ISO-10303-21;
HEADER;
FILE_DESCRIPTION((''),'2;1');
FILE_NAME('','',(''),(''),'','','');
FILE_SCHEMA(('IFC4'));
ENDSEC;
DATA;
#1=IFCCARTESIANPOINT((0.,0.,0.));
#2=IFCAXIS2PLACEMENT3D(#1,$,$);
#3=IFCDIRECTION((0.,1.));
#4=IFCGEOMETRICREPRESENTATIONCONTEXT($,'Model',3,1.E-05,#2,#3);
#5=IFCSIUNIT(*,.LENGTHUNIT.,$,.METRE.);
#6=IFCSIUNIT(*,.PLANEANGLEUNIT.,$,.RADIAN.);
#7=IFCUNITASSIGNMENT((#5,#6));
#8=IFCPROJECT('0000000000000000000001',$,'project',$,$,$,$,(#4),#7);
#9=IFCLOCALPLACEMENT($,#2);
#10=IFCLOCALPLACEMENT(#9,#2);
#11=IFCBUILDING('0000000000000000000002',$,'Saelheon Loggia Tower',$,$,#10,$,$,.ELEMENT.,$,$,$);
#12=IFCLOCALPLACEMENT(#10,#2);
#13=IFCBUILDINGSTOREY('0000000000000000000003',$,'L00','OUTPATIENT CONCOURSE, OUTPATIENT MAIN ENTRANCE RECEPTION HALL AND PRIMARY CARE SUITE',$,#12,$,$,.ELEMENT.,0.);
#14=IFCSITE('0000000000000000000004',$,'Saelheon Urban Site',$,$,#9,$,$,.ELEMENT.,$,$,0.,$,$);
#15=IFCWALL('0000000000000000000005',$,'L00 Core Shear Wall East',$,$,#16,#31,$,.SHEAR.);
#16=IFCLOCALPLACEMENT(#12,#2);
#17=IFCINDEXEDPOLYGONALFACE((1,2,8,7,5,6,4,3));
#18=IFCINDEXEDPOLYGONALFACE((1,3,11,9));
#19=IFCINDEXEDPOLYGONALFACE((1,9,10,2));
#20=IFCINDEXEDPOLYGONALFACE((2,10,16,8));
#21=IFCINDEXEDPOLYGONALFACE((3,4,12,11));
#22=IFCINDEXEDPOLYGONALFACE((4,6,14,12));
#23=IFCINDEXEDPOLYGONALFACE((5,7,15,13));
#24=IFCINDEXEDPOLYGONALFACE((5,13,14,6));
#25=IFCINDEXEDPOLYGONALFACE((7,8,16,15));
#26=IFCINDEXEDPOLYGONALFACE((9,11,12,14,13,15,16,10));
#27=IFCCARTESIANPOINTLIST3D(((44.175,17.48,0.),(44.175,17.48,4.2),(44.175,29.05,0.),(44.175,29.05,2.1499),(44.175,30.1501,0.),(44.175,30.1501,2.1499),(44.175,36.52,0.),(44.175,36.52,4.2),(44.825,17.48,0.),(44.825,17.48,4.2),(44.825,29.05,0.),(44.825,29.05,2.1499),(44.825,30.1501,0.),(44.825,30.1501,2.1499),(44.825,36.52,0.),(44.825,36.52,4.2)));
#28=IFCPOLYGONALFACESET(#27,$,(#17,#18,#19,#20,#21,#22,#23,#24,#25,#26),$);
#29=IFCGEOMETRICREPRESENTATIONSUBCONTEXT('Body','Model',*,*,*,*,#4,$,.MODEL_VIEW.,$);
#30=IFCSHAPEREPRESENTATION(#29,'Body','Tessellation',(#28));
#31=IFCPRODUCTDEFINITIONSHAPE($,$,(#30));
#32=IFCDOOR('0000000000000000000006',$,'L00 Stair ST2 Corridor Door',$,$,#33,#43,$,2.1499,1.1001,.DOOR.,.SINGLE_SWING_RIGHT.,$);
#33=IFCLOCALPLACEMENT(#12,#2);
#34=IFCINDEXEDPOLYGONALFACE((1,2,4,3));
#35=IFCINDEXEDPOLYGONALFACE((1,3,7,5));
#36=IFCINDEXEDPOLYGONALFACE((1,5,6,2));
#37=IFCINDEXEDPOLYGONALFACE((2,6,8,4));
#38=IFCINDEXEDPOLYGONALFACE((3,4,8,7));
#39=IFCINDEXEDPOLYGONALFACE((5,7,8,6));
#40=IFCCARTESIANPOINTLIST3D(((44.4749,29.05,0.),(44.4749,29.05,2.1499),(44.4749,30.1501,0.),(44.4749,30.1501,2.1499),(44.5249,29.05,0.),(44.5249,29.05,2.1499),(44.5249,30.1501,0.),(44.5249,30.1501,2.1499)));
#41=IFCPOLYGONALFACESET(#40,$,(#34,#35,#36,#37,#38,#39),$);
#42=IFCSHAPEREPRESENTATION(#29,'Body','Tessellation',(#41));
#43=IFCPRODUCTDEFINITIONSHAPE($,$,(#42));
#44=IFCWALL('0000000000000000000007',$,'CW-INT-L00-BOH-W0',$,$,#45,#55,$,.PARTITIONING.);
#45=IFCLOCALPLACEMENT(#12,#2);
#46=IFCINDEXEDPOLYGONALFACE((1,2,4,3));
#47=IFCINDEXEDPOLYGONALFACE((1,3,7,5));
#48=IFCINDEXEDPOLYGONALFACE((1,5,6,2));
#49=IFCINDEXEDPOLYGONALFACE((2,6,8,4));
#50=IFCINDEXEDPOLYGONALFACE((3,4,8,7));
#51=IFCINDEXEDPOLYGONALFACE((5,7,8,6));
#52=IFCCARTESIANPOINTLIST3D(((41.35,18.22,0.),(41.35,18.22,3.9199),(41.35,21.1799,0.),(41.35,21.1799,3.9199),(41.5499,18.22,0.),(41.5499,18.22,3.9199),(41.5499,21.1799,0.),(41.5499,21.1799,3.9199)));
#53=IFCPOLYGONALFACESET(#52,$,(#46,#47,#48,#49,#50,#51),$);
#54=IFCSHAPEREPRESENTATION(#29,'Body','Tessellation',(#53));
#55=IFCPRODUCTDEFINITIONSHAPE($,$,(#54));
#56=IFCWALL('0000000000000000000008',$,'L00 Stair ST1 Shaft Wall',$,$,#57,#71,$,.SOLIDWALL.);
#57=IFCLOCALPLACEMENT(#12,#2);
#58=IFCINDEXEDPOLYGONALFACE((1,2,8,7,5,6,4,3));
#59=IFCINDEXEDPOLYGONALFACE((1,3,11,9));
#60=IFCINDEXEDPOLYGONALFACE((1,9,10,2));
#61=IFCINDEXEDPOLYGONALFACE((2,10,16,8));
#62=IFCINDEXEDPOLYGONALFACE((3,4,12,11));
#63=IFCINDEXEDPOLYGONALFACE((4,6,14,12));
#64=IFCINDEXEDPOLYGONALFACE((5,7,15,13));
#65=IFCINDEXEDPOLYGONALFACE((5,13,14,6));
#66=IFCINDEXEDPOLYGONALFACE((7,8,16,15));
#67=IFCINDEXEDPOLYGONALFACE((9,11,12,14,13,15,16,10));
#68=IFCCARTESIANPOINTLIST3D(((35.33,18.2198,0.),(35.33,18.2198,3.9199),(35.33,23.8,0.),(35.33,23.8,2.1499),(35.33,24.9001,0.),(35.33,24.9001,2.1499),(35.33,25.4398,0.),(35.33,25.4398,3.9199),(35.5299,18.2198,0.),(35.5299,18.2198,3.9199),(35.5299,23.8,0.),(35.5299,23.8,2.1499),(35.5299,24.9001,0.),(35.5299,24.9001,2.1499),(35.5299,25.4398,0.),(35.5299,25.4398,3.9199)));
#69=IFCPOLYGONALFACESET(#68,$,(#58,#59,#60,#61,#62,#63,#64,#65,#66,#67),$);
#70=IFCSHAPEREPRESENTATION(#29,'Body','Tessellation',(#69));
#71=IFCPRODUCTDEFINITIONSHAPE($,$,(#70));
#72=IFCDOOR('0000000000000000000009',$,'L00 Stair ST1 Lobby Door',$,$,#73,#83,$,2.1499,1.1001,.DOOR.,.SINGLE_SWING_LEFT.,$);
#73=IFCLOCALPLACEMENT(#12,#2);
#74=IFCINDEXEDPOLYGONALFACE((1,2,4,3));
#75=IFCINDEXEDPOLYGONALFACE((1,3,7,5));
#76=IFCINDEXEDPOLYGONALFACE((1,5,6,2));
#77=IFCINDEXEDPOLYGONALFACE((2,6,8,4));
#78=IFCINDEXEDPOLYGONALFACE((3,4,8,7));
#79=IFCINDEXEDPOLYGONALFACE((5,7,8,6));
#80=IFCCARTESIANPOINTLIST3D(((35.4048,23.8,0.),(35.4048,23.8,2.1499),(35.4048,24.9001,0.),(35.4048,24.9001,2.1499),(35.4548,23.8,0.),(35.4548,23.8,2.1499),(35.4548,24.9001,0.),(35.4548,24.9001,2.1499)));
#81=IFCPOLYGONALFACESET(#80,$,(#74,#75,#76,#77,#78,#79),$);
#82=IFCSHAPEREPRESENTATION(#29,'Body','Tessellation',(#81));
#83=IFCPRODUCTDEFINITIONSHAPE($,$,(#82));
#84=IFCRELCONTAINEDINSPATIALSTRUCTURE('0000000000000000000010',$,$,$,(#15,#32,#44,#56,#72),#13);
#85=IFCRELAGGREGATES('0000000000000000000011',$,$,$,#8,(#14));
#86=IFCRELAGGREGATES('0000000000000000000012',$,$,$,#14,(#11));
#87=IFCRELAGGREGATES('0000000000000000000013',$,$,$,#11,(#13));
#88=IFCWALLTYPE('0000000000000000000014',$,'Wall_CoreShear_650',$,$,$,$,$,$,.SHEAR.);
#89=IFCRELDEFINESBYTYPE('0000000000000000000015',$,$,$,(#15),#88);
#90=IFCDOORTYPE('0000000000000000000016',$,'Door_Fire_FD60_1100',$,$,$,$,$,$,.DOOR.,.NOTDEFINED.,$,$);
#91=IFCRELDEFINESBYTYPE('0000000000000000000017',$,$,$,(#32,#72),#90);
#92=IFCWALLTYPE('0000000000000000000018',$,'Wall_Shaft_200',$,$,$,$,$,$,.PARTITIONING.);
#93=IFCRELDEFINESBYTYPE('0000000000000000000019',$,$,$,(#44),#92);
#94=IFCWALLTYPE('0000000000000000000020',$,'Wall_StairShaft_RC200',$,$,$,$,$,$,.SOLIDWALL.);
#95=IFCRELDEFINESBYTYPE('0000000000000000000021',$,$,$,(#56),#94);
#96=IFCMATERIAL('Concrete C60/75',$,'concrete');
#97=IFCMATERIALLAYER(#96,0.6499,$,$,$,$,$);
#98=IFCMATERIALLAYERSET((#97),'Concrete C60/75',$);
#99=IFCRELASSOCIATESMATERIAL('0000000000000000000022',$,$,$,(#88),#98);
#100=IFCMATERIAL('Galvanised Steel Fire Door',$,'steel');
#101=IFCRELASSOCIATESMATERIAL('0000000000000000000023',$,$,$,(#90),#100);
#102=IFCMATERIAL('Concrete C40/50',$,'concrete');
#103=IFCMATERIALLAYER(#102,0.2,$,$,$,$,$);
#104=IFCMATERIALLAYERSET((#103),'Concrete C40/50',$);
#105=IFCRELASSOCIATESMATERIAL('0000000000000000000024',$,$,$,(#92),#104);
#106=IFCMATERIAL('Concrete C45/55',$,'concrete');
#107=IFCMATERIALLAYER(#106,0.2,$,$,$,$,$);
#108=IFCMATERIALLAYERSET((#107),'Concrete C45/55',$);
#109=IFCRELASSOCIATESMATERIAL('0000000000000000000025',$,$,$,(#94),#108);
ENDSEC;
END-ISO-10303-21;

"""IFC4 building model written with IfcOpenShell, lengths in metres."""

from ifc_helpers import new_model, si_unit, direction, frame, frame_2d, origin, place, context, subcontext, project, spatial, rectangle, extrude, source, transform, mapped, material, layer, layer_set, type_object, element, fill, save


model = new_model("IFC4")

# Units and contexts
model_context = context("Model", 3, precision=1e-05, world=origin(), true_north=direction((0.0, 1.0)))
body_context = subcontext(model_context, "Body", "Model", "MODEL_VIEW")
ifc_project = project(units=[si_unit("LENGTHUNIT", "METRE"), si_unit("PLANEANGLEUNIT", "RADIAN")], contexts=[model_context])

# Site, building, storey
site_placement = place(None, origin())
site = spatial("IfcSite", under=ifc_project, at=site_placement, Name="Saelheon Urban Site", CompositionType="ELEMENT", RefElevation=0.0)
building_placement = place(site_placement, origin())
building = spatial("IfcBuilding", under=site, at=building_placement, Name="Saelheon Loggia Tower", CompositionType="ELEMENT")
storey_placement = place(building_placement, origin())
storey = spatial("IfcBuildingStorey", under=building, at=storey_placement, Name="L00", Description="OUTPATIENT CONCOURSE, OUTPATIENT MAIN ENTRANCE RECEPTION HALL AND PRIMARY CARE SUITE", CompositionType="ELEMENT", Elevation=0.0)

# Shared definitions
ifc_material_1 = material(Name="Concrete C60/75", Category="concrete")

# Shared definitions
ifc_material_2 = material(Name="Concrete C45/55", Category="concrete")

# Wall, opening, door
ifc_layer_1 = layer(ifc_material_1, 0.6499)
ifc_layer_set_1 = layer_set([ifc_layer_1], Name="Concrete C60/75")
wall_type_1 = type_object("IfcWallType", Name="Wall_CoreShear_650", PredefinedType="SHEAR", material=ifc_layer_set_1)
wall_1_placement = place(storey_placement, frame((44.5, 17.48, 0.0), z_axis=(0.0, 0.0, 1.0), x_axis=(0.0, 1.0, 0.0)))
wall_1 = element("IfcWall", 1, at=wall_1_placement, inside=storey, type_object=wall_type_1, Name="L00 Core Shear Wall East", PredefinedType="SHEAR", context=body_context, shape_type="SweptSolid", body=[
    extrude(rectangle(XDim=19.04, YDim=0.6499, at=frame_2d((9.52, 0.0))), origin(), (0.0, 0.0, 1.0), 4.2),
])
opening_1_placement = place(wall_1_placement, frame((12.6702, 0.0, 0.0), z_axis=(0.0, 0.0, 1.0), x_axis=(-1.0, 0.0, 0.0)))
opening_1 = element("IfcOpeningElement", 2, at=opening_1_placement, cuts=wall_1, PredefinedType="OPENING", context=body_context, shape_type="SweptSolid", body=[
    extrude(rectangle(XDim=1.1001, YDim=2.1499, at=frame_2d((0.55, 1.075))), frame((0.0, 0.3369, 0.0), z_axis=(0.0, -1.0, 0.0), x_axis=(1.0, 0.0, 0.0)), (0.0, 0.0, 1.0), 0.6738),
])
ifc_material_3 = material(Name="Galvanised Steel Fire Door", Category="steel")
door_type = type_object("IfcDoorType", Name="Door_Fire_FD60_1100", OperationType="NOTDEFINED", PredefinedType="DOOR", material=ifc_material_3)
shared_shape_1 = source(origin(), body_context, "Body", "SweptSolid", [
    extrude(rectangle(XDim=1.1001, YDim=2.1499, at=frame_2d((0.55, 1.075))), frame((0.0, 0.0249, 0.0), z_axis=(0.0, -1.0, 0.0), x_axis=(1.0, 0.0, 0.0)), (0.0, 0.0, 1.0), 0.05),
])
door_1_placement = place(opening_1_placement, origin())
door_1 = element("IfcDoor", 3, at=door_1_placement, inside=storey, type_object=door_type, Name="L00 Stair ST2 Corridor Door", OperationType="SINGLE_SWING_RIGHT", OverallHeight=2.1499, OverallWidth=1.1001, PredefinedType="DOOR", context=body_context, shape_type="MappedRepresentation", body=[
    mapped(shared_shape_1, transform((0.0, 0.0, 0.0), scale=1.0)),
])
fill(opening_1, door_1)

# Wall
ifc_material_4 = material(Name="Concrete C40/50", Category="concrete")
ifc_layer_2 = layer(ifc_material_4, 0.2)
ifc_layer_set_2 = layer_set([ifc_layer_2], Name="Concrete C40/50")
wall_type_2 = type_object("IfcWallType", Name="Wall_Shaft_200", PredefinedType="PARTITIONING", material=ifc_layer_set_2)
wall_2_placement = place(storey_placement, frame((41.45, 18.22, 0.0), z_axis=(0.0, 0.0, 1.0), x_axis=(0.0, 1.0, 0.0)))
element("IfcWall", 4, at=wall_2_placement, inside=storey, type_object=wall_type_2, Name="CW-INT-L00-BOH-W0", PredefinedType="PARTITIONING", context=body_context, shape_type="SweptSolid", body=[
    extrude(rectangle(XDim=2.96, YDim=0.2, at=frame_2d((1.48, 0.0))), origin(), (0.0, 0.0, 1.0), 3.9199),
])

# Wall, opening, door
ifc_layer_3 = layer(ifc_material_2, 0.2)
ifc_layer_set_3 = layer_set([ifc_layer_3], Name="Concrete C45/55")
wall_type_3 = type_object("IfcWallType", Name="Wall_StairShaft_RC200", PredefinedType="SOLIDWALL", material=ifc_layer_set_3)
wall_3_placement = place(storey_placement, frame((35.4299, 18.22, 0.0), z_axis=(0.0, 0.0, 1.0), x_axis=(0.0, 1.0, 0.0)))
wall_3 = element("IfcWall", 5, at=wall_3_placement, inside=storey, type_object=wall_type_3, Name="L00 Stair ST1 Shaft Wall", PredefinedType="SOLIDWALL", context=body_context, shape_type="SweptSolid", body=[
    extrude(rectangle(XDim=7.22, YDim=0.2, at=frame_2d((3.6099, 0.0))), origin(), (0.0, 0.0, 1.0), 3.9199),
])
opening_2_placement = place(wall_3_placement, frame((6.6802, 0.0, 0.0), z_axis=(0.0, 0.0, 1.0), x_axis=(-1.0, 0.0, 0.0)))
opening_2 = element("IfcOpeningElement", 6, at=opening_2_placement, cuts=wall_3, PredefinedType="OPENING", context=body_context, shape_type="SweptSolid", body=[
    extrude(rectangle(XDim=1.1001, YDim=2.1499, at=frame_2d((0.55, 1.075))), frame((0.0, 0.1121, 0.0), z_axis=(0.0, -1.0, 0.0), x_axis=(1.0, 0.0, 0.0)), (0.0, 0.0, 1.0), 0.2239),
])
door_2_placement = place(opening_2_placement, origin())
door_2 = element("IfcDoor", 7, at=door_2_placement, inside=storey, type_object=door_type, Name="L00 Stair ST1 Lobby Door", OperationType="SINGLE_SWING_LEFT", OverallHeight=2.1499, OverallWidth=1.1001, PredefinedType="DOOR", context=body_context, shape_type="MappedRepresentation", body=[
    mapped(shared_shape_1, transform((0.0, 0.0, 0.0), scale=1.0)),
])
fill(opening_2, door_2)

save(model, "model.ifc")
